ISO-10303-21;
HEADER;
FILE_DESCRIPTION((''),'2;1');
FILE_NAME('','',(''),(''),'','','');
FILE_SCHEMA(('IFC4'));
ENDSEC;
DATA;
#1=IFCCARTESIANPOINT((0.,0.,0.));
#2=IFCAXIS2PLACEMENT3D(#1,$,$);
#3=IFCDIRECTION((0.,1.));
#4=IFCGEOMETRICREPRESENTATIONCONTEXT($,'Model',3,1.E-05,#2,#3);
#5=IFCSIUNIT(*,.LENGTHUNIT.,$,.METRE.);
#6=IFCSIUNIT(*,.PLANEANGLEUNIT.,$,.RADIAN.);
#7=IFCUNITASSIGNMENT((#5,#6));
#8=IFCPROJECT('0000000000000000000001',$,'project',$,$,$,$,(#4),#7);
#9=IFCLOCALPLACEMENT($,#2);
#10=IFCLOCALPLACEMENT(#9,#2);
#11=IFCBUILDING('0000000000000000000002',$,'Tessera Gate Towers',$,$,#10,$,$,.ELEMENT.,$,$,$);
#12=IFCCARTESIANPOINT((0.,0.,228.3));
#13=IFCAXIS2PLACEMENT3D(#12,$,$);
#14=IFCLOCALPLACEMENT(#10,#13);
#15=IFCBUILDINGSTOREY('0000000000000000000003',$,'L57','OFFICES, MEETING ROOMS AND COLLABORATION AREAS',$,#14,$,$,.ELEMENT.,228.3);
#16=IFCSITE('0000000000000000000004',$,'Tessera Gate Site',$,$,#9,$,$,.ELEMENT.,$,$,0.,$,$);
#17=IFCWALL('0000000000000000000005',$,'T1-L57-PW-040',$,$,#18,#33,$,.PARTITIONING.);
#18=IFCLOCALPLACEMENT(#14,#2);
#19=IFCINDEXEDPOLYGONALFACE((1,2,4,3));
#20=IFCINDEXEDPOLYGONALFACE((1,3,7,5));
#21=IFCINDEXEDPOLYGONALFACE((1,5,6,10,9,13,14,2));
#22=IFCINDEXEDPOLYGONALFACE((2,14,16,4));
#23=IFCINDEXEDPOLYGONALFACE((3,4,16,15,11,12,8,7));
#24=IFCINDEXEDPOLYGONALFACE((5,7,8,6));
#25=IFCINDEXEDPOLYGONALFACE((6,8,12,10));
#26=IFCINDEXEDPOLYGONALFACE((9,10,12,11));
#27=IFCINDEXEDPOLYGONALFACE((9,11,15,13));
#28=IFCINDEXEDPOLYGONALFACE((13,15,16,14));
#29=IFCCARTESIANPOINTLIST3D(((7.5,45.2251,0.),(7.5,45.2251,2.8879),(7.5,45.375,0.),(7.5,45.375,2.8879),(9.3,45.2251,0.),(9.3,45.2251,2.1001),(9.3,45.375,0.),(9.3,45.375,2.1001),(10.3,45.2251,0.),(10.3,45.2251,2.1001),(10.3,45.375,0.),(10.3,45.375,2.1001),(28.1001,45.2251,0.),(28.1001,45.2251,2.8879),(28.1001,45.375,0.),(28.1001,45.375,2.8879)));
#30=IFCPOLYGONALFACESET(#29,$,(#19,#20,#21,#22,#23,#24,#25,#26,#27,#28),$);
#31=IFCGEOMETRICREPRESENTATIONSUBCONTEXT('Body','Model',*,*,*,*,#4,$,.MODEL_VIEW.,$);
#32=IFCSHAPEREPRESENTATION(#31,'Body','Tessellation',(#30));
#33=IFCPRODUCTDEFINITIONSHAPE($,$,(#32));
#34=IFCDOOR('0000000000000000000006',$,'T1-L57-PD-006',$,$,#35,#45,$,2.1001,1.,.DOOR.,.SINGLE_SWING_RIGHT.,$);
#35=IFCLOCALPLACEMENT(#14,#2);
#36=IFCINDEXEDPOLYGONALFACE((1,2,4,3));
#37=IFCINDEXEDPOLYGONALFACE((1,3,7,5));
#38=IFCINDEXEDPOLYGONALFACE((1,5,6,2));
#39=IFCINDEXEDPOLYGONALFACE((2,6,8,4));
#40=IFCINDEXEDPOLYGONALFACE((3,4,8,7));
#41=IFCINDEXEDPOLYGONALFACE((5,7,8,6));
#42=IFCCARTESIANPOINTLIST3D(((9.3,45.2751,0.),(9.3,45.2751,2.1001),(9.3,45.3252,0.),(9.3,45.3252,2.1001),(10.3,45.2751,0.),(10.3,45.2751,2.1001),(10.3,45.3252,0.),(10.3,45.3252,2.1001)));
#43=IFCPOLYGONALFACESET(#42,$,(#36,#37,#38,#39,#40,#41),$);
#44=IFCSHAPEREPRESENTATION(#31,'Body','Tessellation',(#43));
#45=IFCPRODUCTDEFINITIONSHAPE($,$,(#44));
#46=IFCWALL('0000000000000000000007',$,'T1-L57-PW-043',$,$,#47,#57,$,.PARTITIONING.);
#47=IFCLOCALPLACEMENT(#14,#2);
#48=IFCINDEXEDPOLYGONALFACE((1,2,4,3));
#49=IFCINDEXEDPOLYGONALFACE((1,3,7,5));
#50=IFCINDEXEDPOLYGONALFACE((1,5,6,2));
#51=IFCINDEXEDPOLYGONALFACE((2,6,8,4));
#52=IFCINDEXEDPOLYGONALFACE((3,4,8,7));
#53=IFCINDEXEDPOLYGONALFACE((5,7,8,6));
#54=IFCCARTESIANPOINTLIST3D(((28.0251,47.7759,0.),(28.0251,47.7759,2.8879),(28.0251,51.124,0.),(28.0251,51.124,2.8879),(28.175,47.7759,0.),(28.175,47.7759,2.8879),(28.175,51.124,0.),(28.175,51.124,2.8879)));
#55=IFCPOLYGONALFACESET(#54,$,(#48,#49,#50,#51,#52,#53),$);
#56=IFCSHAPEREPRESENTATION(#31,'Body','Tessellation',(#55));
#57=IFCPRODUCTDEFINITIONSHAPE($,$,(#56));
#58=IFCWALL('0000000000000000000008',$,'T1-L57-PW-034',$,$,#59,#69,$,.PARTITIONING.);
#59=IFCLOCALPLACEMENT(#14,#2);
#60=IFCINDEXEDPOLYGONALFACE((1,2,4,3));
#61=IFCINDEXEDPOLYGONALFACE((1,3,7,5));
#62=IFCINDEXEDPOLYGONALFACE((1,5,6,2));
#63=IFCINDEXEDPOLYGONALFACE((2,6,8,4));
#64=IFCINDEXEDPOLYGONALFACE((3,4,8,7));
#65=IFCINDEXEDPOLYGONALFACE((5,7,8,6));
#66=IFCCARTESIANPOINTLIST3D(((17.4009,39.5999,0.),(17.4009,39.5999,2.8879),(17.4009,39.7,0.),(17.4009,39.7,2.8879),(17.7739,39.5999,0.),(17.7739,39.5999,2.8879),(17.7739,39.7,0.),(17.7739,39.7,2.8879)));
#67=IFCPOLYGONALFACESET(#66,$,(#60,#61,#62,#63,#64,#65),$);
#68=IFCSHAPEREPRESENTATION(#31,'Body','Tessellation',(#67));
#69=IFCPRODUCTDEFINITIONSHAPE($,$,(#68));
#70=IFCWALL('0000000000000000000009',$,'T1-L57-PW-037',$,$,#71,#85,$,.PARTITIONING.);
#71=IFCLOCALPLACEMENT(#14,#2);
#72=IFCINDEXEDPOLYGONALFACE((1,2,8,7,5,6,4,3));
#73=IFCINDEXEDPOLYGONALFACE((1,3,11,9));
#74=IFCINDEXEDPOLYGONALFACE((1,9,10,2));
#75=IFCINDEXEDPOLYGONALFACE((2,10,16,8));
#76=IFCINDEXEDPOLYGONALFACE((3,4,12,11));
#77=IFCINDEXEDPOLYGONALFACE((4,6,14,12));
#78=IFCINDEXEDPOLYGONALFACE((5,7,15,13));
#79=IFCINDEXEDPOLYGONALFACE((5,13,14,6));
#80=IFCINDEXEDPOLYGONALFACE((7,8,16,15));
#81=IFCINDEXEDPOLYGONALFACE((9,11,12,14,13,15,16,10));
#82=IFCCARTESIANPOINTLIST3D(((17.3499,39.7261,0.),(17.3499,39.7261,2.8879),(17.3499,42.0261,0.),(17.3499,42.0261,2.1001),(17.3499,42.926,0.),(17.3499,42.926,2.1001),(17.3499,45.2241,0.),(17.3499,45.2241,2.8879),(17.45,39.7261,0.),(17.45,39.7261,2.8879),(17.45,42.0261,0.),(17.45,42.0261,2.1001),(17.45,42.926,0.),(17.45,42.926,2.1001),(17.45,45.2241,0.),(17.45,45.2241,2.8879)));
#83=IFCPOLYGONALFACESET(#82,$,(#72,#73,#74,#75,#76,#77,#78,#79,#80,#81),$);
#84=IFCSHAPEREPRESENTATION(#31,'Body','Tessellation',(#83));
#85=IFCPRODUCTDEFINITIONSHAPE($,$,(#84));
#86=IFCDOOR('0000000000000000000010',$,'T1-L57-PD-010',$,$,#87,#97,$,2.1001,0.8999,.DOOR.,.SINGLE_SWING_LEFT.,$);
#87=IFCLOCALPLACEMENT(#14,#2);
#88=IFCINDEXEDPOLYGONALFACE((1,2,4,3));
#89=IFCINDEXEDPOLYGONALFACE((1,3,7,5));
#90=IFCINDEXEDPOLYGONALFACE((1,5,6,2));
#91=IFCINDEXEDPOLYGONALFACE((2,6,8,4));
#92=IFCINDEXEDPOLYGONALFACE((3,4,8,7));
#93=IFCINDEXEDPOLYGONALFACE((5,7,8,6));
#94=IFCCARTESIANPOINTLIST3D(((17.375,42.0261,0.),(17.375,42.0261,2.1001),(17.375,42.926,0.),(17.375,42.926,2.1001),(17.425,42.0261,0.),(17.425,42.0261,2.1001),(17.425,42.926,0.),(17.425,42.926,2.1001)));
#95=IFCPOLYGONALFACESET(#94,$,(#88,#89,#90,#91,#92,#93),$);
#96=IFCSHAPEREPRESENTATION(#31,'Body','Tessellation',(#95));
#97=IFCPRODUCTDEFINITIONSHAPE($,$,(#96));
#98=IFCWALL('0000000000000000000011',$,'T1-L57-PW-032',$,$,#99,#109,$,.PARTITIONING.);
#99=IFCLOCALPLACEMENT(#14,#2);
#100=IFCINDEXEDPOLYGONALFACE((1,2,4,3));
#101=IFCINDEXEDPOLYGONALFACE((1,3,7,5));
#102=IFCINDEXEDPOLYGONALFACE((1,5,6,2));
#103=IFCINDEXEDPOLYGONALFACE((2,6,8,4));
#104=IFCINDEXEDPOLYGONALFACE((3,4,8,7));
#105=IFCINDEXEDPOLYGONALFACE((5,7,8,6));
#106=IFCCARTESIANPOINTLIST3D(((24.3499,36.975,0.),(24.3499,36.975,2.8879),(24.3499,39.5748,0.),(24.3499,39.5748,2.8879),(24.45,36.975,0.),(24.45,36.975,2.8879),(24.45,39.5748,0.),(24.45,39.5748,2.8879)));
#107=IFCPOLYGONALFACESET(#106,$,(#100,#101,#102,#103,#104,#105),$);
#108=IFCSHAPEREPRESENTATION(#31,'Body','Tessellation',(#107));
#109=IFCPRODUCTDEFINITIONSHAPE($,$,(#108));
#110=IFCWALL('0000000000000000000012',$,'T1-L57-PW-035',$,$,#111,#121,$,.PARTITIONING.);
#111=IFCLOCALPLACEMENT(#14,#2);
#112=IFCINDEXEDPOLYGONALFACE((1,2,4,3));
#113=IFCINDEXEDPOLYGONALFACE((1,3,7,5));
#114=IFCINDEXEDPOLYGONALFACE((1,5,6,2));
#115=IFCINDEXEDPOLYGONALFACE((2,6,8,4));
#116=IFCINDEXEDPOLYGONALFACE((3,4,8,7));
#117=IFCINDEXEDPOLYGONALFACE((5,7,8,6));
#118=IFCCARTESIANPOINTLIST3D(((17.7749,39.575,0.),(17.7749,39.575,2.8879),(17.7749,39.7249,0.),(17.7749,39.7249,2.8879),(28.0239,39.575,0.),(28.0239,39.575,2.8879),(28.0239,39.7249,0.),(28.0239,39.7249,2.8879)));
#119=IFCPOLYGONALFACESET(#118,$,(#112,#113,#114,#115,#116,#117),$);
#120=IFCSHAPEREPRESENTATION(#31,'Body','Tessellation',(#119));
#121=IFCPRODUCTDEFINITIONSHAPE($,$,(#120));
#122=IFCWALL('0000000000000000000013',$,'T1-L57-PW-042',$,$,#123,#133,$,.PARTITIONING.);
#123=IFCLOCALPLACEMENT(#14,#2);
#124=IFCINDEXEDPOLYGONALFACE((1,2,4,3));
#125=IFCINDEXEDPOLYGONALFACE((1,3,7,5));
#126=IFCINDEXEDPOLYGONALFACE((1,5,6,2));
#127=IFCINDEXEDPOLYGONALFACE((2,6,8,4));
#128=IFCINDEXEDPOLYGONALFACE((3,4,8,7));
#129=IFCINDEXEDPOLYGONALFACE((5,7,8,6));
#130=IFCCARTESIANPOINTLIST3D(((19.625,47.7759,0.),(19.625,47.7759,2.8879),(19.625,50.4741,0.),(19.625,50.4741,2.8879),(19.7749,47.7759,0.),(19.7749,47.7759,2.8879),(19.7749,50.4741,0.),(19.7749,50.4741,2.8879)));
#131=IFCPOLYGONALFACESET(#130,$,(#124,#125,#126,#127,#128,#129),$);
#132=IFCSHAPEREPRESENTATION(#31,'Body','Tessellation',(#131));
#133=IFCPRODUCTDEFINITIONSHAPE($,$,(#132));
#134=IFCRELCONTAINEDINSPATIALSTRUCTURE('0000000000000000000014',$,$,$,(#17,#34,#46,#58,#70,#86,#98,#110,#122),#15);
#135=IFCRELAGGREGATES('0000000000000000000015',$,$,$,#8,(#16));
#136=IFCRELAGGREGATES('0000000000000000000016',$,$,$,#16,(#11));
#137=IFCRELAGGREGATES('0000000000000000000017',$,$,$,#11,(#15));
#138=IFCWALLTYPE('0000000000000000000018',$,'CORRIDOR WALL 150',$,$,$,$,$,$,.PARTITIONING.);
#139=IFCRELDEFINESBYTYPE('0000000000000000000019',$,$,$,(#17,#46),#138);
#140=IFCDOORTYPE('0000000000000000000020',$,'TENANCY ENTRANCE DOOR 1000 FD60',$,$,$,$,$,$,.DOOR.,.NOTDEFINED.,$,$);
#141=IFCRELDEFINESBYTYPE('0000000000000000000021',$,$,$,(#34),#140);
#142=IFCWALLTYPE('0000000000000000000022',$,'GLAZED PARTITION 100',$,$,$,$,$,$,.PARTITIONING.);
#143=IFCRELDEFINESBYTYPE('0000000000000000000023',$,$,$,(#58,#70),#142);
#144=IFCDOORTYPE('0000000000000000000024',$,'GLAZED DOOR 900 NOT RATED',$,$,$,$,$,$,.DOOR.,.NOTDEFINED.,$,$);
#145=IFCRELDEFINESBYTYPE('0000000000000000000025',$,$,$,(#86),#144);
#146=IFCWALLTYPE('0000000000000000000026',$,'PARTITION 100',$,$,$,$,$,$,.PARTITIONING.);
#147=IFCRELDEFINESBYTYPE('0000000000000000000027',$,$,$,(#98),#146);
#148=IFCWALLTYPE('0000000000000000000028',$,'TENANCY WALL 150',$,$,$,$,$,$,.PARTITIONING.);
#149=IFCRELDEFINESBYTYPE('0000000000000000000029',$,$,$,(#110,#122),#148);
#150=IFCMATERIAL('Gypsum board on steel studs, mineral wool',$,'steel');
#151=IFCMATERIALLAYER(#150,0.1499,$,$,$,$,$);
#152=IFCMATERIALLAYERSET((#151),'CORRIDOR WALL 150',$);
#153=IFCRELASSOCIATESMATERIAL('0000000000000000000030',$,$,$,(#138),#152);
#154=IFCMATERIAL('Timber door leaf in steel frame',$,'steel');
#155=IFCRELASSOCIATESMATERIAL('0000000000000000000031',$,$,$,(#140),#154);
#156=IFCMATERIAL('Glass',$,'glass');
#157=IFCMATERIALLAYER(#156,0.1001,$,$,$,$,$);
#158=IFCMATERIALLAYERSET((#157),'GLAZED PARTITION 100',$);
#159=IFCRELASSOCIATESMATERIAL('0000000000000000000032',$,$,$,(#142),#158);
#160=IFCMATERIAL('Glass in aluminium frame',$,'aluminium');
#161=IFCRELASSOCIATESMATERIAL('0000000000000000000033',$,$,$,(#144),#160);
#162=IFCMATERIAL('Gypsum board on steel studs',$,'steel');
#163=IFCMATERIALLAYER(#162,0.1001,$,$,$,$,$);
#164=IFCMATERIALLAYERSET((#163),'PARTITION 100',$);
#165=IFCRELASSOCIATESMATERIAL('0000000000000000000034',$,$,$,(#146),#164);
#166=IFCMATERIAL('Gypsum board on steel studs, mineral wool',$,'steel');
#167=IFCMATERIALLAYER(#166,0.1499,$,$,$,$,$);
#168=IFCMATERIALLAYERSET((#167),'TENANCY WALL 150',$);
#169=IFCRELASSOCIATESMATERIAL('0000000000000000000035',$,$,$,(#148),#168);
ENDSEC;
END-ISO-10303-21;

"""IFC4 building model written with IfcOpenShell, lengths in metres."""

from ifc_helpers import new_model, si_unit, direction, frame, frame_2d, origin, place, context, subcontext, project, spatial, rectangle, extrude, source, transform, mapped, material, layer, layer_set, type_object, element, fill, save


model = new_model("IFC4")

# Units and contexts
model_context = context("Model", 3, precision=1e-05, world=origin(), true_north=direction((0.0, 1.0)))
body_context = subcontext(model_context, "Body", "Model", "MODEL_VIEW")
ifc_project = project(units=[si_unit("LENGTHUNIT", "METRE"), si_unit("PLANEANGLEUNIT", "RADIAN")], contexts=[model_context])

# Site, building, storey
site_placement = place(None, origin())
site = spatial("IfcSite", under=ifc_project, at=site_placement, Name="Tessera Gate Site", CompositionType="ELEMENT", RefElevation=0.0)
building_placement = place(site_placement, origin())
building = spatial("IfcBuilding", under=site, at=building_placement, Name="Tessera Gate Towers", CompositionType="ELEMENT")
storey_placement = place(building_placement, frame((0.0, 0.0, 228.3)))
storey = spatial("IfcBuildingStorey", under=building, at=storey_placement, Name="L57", Description="OFFICES, MEETING ROOMS AND COLLABORATION AREAS", CompositionType="ELEMENT", Elevation=228.3)

# Wall, opening, door
ifc_material_1 = material(Name="Gypsum board on steel studs, mineral wool", Category="steel")
ifc_layer_1 = layer(ifc_material_1, 0.1499)
ifc_layer_set_1 = layer_set([ifc_layer_1], Name="CORRIDOR WALL 150")
wall_type_1 = type_object("IfcWallType", Name="CORRIDOR WALL 150", PredefinedType="PARTITIONING", material=ifc_layer_set_1)
wall_1_placement = place(storey_placement, frame((28.1001, 45.3, 0.0), z_axis=(0.0, 0.0, 1.0), x_axis=(-1.0, 0.0, 0.0)))
wall_1 = element("IfcWall", 1, at=wall_1_placement, inside=storey, type_object=wall_type_1, Name="T1-L57-PW-040", PredefinedType="PARTITIONING", context=body_context, shape_type="SweptSolid", body=[
    extrude(rectangle(XDim=20.6001, YDim=0.1499, at=frame_2d((10.3, 0.0))), origin(), (0.0, 0.0, 1.0), 2.8879),
])
shared_shape_1 = source(origin(), body_context, "Body", "SweptSolid", [
    extrude(rectangle(XDim=1.0, YDim=2.1001, at=frame_2d((0.5, 1.05))), frame((0.0, 0.085, 0.0), z_axis=(0.0, -1.0, 0.0), x_axis=(1.0, 0.0, 0.0)), (0.0, 0.0, 1.0), 0.1699),
])
opening_1_placement = place(wall_1_placement, frame((17.8, 0.0, 0.0)))
opening_1 = element("IfcOpeningElement", 2, at=opening_1_placement, cuts=wall_1, PredefinedType="OPENING", context=body_context, shape_type="MappedRepresentation", body=[
    mapped(shared_shape_1, transform((0.0, 0.0, 0.0), scale=1.0)),
])
ifc_material_2 = material(Name="Timber door leaf in steel frame", Category="steel")
door_type_1 = type_object("IfcDoorType", Name="TENANCY ENTRANCE DOOR 1000 FD60", OperationType="NOTDEFINED", PredefinedType="DOOR", material=ifc_material_2)
shared_shape_2 = source(origin(), body_context, "Body", "SweptSolid", [
    extrude(rectangle(XDim=1.0, YDim=2.1001, at=frame_2d((0.5, 1.05))), frame((0.0, 0.0249, 0.0), z_axis=(0.0, -1.0, 0.0), x_axis=(1.0, 0.0, 0.0)), (0.0, 0.0, 1.0), 0.05),
])
door_1_placement = place(opening_1_placement, origin())
door_1 = element("IfcDoor", 3, at=door_1_placement, inside=storey, type_object=door_type_1, Name="T1-L57-PD-006", OperationType="SINGLE_SWING_RIGHT", OverallHeight=2.1001, OverallWidth=1.0, PredefinedType="DOOR", context=body_context, shape_type="MappedRepresentation", body=[
    mapped(shared_shape_2, transform((0.0, 0.0, 0.0), scale=1.0)),
])
fill(opening_1, door_1)

# Walls
wall_2_placement = place(storey_placement, frame((28.1001, 47.7759, 0.0), z_axis=(0.0, 0.0, 1.0), x_axis=(0.0, 1.0, 0.0)))
element("IfcWall", 4, at=wall_2_placement, inside=storey, type_object=wall_type_1, Name="T1-L57-PW-043", PredefinedType="PARTITIONING", context=body_context, shape_type="SweptSolid", body=[
    extrude(rectangle(XDim=3.3481, YDim=0.1499, at=frame_2d((1.6741, 0.0))), origin(), (0.0, 0.0, 1.0), 2.8879),
])
ifc_material_3 = material(Name="Glass", Category="glass")
ifc_layer_2 = layer(ifc_material_3, 0.1001)
ifc_layer_set_2 = layer_set([ifc_layer_2], Name="GLAZED PARTITION 100")
wall_type_2 = type_object("IfcWallType", Name="GLAZED PARTITION 100", PredefinedType="PARTITIONING", material=ifc_layer_set_2)
wall_3_placement = place(storey_placement, frame((17.4009, 39.6499, 0.0), z_axis=(0.0, 0.0, 1.0), x_axis=(1.0, 0.0, 0.0)))
element("IfcWall", 5, at=wall_3_placement, inside=storey, type_object=wall_type_2, Name="T1-L57-PW-034", PredefinedType="PARTITIONING", context=body_context, shape_type="SweptSolid", body=[
    extrude(rectangle(XDim=0.373, YDim=0.1001, at=frame_2d((0.1865, 0.0))), origin(), (0.0, 0.0, 1.0), 2.8879),
])

# Wall, opening, door
wall_4_placement = place(storey_placement, frame((17.3999, 39.7261, 0.0), z_axis=(0.0, 0.0, 1.0), x_axis=(0.0, 1.0, 0.0)))
wall_4 = element("IfcWall", 6, at=wall_4_placement, inside=storey, type_object=wall_type_2, Name="T1-L57-PW-037", PredefinedType="PARTITIONING", context=body_context, shape_type="SweptSolid", body=[
    extrude(rectangle(XDim=5.498, YDim=0.1001, at=frame_2d((2.749, 0.0))), origin(), (0.0, 0.0, 1.0), 2.8879),
])
shared_shape_3 = source(origin(), body_context, "Body", "SweptSolid", [
    extrude(rectangle(XDim=0.8999, YDim=2.1001, at=frame_2d((0.45, 1.05))), frame((0.0, 0.0601, 0.0), z_axis=(0.0, -1.0, 0.0), x_axis=(1.0, 0.0, 0.0)), (0.0, 0.0, 1.0), 0.1201),
])
opening_2_placement = place(wall_4_placement, frame((2.3, 0.0, 0.0)))
opening_2 = element("IfcOpeningElement", 7, at=opening_2_placement, cuts=wall_4, PredefinedType="OPENING", context=body_context, shape_type="MappedRepresentation", body=[
    mapped(shared_shape_3, transform((0.0, 0.0, 0.0), scale=1.0)),
])
ifc_material_4 = material(Name="Glass in aluminium frame", Category="aluminium")
door_type_2 = type_object("IfcDoorType", Name="GLAZED DOOR 900 NOT RATED", OperationType="NOTDEFINED", PredefinedType="DOOR", material=ifc_material_4)
shared_shape_4 = source(origin(), body_context, "Body", "SweptSolid", [
    extrude(rectangle(XDim=0.8999, YDim=2.1001, at=frame_2d((0.45, 1.05))), frame((0.0, 0.0249, 0.0), z_axis=(0.0, -1.0, 0.0), x_axis=(1.0, 0.0, 0.0)), (0.0, 0.0, 1.0), 0.05),
])
door_2_placement = place(opening_2_placement, origin())
door_2 = element("IfcDoor", 8, at=door_2_placement, inside=storey, type_object=door_type_2, Name="T1-L57-PD-010", OperationType="SINGLE_SWING_LEFT", OverallHeight=2.1001, OverallWidth=0.8999, PredefinedType="DOOR", context=body_context, shape_type="MappedRepresentation", body=[
    mapped(shared_shape_4, transform((0.0, 0.0, 0.0), scale=1.0)),
])
fill(opening_2, door_2)

# Walls
ifc_material_5 = material(Name="Gypsum board on steel studs", Category="steel")
ifc_layer_3 = layer(ifc_material_5, 0.1001)
ifc_layer_set_3 = layer_set([ifc_layer_3], Name="PARTITION 100")
wall_type_3 = type_object("IfcWallType", Name="PARTITION 100", PredefinedType="PARTITIONING", material=ifc_layer_set_3)
wall_5_placement = place(storey_placement, frame((24.3999, 36.9751, 0.0), z_axis=(0.0, 0.0, 1.0), x_axis=(0.0, 1.0, 0.0)))
element("IfcWall", 9, at=wall_5_placement, inside=storey, type_object=wall_type_3, Name="T1-L57-PW-032", PredefinedType="PARTITIONING", context=body_context, shape_type="SweptSolid", body=[
    extrude(rectangle(XDim=2.5999, YDim=0.1001, at=frame_2d((1.2998, 0.0))), origin(), (0.0, 0.0, 1.0), 2.8879),
])
ifc_material_6 = material(Name="Gypsum board on steel studs, mineral wool", Category="steel")
ifc_layer_4 = layer(ifc_material_6, 0.1499)
ifc_layer_set_4 = layer_set([ifc_layer_4], Name="TENANCY WALL 150")
wall_type_4 = type_object("IfcWallType", Name="TENANCY WALL 150", PredefinedType="PARTITIONING", material=ifc_layer_set_4)
wall_6_placement = place(storey_placement, frame((17.7749, 39.6499, 0.0), z_axis=(0.0, 0.0, 1.0), x_axis=(1.0, 0.0, 0.0)))
element("IfcWall", 10, at=wall_6_placement, inside=storey, type_object=wall_type_4, Name="T1-L57-PW-035", PredefinedType="PARTITIONING", context=body_context, shape_type="SweptSolid", body=[
    extrude(rectangle(XDim=10.249, YDim=0.1499, at=frame_2d((5.1245, 0.0))), origin(), (0.0, 0.0, 1.0), 2.8879),
])
wall_7_placement = place(storey_placement, frame((19.7, 47.7759, 0.0), z_axis=(0.0, 0.0, 1.0), x_axis=(0.0, 1.0, 0.0)))
element("IfcWall", 11, at=wall_7_placement, inside=storey, type_object=wall_type_4, Name="T1-L57-PW-042", PredefinedType="PARTITIONING", context=body_context, shape_type="SweptSolid", body=[
    extrude(rectangle(XDim=2.6982, YDim=0.1499, at=frame_2d((1.3491, 0.0))), origin(), (0.0, 0.0, 1.0), 2.8879),
])

save(model, "model.ifc")
